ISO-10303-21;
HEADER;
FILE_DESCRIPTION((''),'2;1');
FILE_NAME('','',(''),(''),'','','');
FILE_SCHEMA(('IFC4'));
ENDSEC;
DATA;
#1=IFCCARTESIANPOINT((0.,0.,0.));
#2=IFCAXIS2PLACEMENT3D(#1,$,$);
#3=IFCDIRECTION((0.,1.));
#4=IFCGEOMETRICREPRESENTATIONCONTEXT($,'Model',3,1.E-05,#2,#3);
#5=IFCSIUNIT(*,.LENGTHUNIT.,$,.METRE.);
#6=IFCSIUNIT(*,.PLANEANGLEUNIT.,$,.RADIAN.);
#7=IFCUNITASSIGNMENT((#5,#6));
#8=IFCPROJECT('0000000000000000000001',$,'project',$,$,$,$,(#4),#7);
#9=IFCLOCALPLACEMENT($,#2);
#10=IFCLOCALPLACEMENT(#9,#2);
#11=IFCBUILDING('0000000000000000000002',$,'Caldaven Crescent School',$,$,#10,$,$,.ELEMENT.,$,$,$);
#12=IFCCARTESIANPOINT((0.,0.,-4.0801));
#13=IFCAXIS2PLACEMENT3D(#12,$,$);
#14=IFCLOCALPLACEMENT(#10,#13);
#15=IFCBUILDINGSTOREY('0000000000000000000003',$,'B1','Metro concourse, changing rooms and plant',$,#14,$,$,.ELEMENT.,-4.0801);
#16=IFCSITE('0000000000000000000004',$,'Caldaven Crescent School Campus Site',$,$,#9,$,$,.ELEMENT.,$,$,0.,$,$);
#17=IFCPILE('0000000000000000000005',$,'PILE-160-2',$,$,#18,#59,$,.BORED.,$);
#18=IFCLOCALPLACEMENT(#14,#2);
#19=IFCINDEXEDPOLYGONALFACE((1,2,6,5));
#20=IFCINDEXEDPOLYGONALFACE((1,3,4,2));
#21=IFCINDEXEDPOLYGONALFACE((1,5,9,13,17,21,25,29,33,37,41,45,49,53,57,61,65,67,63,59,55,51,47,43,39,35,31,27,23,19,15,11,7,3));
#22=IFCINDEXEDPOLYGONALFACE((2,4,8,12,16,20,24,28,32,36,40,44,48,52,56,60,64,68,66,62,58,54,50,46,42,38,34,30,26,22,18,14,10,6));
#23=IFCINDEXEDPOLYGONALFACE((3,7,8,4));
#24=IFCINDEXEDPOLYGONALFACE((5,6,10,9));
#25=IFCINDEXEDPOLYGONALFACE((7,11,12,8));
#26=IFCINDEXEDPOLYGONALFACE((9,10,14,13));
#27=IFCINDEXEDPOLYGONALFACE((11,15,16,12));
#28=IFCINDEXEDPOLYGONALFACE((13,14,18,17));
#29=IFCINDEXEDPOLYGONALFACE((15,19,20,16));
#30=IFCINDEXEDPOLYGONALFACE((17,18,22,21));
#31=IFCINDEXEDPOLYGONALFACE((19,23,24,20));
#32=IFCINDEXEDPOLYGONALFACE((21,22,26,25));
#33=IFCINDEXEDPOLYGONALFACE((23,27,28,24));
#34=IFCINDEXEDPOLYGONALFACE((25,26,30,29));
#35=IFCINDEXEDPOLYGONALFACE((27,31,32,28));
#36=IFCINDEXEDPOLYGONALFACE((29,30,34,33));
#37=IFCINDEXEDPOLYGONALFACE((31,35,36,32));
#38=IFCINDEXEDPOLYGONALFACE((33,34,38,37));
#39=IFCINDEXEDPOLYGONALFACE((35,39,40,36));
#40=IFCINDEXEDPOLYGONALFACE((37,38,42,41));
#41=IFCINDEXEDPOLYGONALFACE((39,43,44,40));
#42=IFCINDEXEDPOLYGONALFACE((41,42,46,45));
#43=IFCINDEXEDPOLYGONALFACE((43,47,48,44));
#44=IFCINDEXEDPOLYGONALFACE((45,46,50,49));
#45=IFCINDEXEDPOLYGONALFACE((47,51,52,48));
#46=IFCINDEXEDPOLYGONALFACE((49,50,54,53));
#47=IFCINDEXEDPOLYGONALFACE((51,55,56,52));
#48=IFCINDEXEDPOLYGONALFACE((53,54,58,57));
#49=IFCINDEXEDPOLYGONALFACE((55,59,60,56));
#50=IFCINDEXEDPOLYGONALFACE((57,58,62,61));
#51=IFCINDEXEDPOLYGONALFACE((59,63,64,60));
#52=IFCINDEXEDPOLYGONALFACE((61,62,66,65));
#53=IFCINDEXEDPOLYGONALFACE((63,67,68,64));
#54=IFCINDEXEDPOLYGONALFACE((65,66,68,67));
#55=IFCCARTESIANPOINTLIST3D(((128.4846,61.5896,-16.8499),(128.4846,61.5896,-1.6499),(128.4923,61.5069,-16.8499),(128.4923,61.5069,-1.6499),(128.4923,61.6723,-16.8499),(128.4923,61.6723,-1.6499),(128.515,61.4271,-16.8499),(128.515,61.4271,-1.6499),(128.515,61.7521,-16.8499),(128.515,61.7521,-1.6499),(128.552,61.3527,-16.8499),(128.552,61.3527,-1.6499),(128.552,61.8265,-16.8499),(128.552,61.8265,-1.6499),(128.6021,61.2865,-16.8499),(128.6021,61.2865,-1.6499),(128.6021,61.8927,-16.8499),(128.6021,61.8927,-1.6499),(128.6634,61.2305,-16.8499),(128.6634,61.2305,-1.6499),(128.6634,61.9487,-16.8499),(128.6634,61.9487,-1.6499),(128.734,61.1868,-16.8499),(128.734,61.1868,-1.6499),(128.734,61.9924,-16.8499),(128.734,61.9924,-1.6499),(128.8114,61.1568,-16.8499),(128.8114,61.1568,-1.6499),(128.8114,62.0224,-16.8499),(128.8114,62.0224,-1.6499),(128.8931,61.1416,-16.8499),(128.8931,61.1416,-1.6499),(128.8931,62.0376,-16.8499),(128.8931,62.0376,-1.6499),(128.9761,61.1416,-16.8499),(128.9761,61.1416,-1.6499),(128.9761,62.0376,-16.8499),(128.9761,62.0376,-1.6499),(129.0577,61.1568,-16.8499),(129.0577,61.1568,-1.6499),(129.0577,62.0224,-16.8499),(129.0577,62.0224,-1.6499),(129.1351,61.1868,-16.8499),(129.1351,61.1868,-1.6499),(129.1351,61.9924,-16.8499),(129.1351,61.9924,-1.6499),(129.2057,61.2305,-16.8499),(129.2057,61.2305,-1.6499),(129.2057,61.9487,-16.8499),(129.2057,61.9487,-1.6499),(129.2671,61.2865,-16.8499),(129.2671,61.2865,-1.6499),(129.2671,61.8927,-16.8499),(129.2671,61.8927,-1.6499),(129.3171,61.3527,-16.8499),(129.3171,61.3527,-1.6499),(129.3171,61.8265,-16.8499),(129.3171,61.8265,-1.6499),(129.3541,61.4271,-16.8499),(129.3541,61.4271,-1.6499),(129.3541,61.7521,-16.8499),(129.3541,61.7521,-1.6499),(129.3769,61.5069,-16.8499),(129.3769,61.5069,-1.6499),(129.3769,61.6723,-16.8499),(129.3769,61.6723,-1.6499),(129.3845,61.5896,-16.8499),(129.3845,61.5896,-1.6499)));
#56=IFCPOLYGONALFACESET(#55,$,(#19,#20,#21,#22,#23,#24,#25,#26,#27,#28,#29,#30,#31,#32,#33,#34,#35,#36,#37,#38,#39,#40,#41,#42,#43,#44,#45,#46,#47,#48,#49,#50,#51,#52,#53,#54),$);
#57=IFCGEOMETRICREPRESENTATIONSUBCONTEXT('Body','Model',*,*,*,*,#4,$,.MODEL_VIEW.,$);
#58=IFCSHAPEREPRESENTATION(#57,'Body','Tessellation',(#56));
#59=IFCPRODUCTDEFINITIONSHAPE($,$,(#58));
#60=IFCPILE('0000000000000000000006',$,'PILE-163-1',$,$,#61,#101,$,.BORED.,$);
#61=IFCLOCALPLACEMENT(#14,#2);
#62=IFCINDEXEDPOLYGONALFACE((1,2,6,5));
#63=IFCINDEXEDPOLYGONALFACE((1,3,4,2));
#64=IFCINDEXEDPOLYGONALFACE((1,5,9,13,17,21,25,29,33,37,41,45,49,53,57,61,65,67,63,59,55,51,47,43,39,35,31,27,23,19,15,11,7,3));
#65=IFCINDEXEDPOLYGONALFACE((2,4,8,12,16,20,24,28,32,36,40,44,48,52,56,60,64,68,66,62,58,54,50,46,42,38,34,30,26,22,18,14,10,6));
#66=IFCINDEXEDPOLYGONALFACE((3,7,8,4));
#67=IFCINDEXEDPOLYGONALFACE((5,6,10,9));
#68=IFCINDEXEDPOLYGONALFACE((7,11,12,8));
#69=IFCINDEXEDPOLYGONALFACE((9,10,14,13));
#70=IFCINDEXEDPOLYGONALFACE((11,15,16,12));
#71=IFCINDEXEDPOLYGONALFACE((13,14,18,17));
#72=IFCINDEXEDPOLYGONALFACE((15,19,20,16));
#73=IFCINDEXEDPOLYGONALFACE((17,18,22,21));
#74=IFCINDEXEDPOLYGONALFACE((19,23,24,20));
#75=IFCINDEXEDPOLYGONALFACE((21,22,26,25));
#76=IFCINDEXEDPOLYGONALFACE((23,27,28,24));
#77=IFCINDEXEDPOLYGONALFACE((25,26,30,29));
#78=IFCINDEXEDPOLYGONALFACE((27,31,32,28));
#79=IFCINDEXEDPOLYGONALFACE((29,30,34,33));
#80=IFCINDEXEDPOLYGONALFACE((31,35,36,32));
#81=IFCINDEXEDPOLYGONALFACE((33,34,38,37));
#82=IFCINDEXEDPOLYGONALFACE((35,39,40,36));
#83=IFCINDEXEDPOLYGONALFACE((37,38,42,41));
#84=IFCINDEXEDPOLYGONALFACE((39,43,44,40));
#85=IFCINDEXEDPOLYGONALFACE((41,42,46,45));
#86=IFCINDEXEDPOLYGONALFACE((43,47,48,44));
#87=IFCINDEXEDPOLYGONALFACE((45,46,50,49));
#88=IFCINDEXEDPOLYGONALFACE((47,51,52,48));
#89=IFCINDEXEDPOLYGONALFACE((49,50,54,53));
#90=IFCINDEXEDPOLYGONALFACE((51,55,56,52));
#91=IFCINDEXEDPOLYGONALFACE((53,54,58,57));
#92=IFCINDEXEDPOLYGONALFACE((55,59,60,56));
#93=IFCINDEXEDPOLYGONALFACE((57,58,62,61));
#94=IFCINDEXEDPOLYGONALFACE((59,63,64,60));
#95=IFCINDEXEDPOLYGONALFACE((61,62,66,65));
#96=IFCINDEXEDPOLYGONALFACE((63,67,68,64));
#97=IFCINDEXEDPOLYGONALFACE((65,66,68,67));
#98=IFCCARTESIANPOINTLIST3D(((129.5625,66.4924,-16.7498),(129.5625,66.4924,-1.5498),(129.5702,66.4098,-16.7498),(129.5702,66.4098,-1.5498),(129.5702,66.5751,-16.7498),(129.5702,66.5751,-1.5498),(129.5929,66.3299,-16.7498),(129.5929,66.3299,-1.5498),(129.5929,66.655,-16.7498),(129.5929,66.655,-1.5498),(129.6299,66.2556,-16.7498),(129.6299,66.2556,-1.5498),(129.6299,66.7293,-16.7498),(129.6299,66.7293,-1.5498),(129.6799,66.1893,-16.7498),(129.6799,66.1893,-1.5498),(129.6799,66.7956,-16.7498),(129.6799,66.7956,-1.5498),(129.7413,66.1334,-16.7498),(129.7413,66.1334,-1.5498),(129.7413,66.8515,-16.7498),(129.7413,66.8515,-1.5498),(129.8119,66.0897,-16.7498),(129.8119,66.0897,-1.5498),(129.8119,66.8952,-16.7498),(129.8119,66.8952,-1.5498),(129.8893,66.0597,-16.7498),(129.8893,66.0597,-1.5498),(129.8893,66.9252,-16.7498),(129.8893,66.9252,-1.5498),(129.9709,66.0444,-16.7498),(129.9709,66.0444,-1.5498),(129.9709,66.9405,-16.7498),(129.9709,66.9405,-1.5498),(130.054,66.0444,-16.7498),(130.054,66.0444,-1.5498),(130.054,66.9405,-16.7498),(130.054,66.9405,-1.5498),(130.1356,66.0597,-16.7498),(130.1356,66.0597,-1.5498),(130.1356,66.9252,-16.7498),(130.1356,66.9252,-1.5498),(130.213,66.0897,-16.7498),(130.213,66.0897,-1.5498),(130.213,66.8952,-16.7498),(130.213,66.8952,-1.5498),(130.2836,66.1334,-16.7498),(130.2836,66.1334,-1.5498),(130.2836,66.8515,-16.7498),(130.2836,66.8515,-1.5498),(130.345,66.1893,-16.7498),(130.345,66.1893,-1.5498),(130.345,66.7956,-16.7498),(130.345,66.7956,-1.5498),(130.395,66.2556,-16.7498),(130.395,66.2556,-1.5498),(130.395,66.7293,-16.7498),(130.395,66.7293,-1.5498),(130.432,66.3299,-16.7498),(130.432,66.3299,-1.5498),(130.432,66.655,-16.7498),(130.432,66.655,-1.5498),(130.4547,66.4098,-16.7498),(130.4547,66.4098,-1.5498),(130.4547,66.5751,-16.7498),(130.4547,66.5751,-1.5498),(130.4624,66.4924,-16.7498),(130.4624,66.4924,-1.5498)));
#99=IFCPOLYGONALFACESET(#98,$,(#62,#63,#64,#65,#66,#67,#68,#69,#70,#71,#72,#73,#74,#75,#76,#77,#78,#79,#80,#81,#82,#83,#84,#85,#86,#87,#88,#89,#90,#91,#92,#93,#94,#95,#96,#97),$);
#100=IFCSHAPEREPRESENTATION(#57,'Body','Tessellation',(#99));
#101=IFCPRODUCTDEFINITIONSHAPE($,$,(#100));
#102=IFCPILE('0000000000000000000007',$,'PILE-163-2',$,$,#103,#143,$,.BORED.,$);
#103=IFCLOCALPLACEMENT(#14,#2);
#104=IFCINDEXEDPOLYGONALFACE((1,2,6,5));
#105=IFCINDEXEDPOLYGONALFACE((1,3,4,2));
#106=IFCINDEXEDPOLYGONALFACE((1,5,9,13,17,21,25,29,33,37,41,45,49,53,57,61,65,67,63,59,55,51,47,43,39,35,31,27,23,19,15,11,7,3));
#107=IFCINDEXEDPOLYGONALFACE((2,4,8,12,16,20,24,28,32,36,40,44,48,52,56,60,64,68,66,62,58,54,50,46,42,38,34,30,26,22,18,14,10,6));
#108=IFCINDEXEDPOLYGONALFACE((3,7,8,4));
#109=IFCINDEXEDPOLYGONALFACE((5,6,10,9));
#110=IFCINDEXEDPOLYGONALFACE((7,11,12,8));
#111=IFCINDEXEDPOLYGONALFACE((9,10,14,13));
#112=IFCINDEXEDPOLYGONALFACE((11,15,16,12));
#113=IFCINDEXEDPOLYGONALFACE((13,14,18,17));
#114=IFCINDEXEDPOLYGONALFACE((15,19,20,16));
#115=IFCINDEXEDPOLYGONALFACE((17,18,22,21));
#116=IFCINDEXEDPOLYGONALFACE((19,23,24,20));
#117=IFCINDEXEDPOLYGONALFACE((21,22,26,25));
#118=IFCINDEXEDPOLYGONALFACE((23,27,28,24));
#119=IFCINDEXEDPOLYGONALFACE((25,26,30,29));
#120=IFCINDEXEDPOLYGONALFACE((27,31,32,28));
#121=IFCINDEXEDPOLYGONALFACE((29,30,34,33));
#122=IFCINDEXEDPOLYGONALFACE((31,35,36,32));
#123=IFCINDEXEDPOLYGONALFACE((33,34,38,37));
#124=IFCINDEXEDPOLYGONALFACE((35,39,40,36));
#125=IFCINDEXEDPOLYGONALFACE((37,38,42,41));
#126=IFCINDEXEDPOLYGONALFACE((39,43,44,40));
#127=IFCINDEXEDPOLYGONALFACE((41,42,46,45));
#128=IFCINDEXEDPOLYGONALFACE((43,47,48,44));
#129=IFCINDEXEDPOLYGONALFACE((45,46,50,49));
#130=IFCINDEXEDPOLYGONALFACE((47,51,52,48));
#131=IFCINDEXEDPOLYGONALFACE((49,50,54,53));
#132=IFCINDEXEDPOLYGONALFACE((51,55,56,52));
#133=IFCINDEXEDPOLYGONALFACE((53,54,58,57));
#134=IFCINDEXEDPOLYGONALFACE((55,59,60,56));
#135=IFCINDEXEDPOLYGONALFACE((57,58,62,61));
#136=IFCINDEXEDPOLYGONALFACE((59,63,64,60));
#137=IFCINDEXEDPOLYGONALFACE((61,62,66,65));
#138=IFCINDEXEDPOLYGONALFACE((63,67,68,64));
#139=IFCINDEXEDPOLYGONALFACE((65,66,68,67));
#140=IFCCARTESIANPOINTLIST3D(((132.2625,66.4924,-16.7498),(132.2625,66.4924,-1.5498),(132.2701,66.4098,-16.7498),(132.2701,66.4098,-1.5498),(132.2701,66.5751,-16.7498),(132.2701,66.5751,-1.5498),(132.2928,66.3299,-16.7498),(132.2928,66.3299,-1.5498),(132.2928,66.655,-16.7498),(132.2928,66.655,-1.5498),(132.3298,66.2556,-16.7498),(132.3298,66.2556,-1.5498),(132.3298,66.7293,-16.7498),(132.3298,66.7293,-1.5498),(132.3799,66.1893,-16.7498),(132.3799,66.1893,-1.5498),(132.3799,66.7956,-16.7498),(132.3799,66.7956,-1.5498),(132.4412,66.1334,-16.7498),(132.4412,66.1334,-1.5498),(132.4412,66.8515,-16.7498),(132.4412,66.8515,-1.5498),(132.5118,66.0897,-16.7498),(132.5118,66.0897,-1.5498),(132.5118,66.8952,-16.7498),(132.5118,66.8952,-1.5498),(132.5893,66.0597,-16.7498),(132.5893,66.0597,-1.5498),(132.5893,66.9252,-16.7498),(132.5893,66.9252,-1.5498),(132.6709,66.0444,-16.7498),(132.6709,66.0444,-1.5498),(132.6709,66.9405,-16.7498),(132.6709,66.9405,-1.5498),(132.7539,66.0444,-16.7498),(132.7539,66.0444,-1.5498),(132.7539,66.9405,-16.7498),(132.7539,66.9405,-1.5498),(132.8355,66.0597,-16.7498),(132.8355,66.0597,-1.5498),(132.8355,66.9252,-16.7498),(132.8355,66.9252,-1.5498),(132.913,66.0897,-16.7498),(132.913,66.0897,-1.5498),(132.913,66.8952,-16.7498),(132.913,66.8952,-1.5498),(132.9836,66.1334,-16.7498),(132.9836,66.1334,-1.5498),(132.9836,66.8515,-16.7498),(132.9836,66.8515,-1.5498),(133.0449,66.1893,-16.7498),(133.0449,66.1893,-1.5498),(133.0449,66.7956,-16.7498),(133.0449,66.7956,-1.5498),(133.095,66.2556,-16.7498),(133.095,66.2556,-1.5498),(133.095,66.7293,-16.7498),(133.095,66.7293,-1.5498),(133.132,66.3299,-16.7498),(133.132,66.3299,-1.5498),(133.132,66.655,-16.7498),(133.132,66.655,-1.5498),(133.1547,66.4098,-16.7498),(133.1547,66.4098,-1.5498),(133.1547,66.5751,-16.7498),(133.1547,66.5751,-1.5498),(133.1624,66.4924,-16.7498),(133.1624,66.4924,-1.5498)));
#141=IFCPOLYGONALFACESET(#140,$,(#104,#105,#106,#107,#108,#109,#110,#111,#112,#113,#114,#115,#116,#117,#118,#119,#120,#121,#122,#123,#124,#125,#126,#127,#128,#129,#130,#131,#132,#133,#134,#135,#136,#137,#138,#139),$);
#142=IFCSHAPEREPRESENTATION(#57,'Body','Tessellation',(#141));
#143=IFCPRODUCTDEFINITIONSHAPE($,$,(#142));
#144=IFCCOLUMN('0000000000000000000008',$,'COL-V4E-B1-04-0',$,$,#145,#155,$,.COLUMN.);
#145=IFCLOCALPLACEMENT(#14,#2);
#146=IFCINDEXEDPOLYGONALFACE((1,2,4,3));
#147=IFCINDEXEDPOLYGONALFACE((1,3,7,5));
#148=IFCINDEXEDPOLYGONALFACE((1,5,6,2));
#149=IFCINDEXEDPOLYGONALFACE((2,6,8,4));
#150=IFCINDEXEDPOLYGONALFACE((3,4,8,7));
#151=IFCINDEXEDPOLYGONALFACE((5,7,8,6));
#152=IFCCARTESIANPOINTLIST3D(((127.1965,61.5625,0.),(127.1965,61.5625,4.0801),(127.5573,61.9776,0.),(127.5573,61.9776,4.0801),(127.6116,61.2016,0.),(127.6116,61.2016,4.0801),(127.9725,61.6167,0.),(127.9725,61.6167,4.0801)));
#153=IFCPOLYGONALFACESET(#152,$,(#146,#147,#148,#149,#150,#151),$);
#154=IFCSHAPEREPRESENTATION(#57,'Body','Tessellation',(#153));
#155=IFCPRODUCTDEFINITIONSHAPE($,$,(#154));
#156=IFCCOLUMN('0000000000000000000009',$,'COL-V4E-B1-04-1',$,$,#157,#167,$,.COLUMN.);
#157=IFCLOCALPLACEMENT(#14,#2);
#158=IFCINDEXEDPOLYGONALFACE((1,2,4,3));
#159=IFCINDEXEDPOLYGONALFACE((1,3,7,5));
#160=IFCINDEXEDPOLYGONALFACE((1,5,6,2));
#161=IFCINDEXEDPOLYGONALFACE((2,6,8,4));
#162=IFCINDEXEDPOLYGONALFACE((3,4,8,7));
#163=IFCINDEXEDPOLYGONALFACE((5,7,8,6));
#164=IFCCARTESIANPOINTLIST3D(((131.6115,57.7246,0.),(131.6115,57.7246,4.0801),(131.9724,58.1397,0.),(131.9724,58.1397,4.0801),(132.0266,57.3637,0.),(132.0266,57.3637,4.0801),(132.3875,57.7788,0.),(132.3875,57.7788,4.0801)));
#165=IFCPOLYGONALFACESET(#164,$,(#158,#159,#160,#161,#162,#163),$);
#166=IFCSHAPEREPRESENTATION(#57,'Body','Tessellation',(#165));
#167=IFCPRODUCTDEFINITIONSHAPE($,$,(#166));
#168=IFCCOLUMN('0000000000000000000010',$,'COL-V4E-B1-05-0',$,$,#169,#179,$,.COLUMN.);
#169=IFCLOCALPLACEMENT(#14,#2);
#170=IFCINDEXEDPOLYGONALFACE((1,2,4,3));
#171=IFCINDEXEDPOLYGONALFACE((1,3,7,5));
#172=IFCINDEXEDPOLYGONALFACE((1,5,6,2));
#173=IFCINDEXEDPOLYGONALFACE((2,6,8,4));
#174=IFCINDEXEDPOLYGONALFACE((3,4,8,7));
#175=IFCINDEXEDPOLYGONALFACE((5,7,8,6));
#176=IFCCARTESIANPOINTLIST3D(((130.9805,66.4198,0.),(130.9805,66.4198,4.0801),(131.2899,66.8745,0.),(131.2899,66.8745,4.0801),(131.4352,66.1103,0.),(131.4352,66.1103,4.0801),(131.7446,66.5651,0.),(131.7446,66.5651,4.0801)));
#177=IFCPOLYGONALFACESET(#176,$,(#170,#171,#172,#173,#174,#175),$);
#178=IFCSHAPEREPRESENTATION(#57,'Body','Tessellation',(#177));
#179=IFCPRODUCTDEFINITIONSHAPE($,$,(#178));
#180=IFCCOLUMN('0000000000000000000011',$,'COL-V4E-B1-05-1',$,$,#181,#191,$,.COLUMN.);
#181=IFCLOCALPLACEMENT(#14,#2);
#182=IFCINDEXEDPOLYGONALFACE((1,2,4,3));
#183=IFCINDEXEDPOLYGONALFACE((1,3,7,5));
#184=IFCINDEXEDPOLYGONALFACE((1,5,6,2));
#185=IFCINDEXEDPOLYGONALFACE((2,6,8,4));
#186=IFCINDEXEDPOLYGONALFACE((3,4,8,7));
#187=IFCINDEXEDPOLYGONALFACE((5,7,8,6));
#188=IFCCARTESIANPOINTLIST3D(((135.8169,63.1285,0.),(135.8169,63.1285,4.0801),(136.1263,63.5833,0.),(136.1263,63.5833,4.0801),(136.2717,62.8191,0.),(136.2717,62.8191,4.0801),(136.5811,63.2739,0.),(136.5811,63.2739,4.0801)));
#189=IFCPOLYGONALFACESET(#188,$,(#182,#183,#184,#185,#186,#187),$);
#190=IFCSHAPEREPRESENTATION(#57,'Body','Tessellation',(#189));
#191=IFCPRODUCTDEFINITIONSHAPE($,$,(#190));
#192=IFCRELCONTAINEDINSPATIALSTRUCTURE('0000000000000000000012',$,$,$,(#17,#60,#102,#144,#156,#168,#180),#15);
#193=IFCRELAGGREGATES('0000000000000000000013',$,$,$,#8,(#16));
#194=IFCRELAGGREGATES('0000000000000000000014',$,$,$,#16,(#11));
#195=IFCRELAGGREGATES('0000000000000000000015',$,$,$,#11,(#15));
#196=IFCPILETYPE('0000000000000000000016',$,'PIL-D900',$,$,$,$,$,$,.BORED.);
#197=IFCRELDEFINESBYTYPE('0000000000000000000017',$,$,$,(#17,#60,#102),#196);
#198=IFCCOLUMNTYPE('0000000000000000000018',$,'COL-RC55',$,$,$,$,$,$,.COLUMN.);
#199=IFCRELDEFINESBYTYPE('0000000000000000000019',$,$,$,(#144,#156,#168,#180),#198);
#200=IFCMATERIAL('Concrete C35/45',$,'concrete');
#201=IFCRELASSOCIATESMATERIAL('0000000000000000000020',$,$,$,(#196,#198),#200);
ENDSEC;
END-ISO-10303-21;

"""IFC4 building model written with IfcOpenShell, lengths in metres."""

from ifc_helpers import new_model, si_unit, direction, frame, origin, origin_2d, place, context, subcontext, project, spatial, rectangle, circle, extrude, material, material_profile, profile_set, type_object, element, save


model = new_model("IFC4")

# Units and contexts
model_context = context("Model", 3, precision=1e-05, world=origin(), true_north=direction((0.0, 1.0)))
body_context = subcontext(model_context, "Body", "Model", "MODEL_VIEW")
ifc_project = project(units=[si_unit("LENGTHUNIT", "METRE"), si_unit("PLANEANGLEUNIT", "RADIAN")], contexts=[model_context])

# Site, building, storey
site_placement = place(None, origin())
site = spatial("IfcSite", under=ifc_project, at=site_placement, Name="Caldaven Crescent School Campus Site", CompositionType="ELEMENT", RefElevation=0.0)
building_placement = place(site_placement, origin())
building = spatial("IfcBuilding", under=site, at=building_placement, Name="Caldaven Crescent School", CompositionType="ELEMENT")
storey_placement = place(building_placement, frame((0.0, 0.0, -4.0801)))
storey = spatial("IfcBuildingStorey", under=building, at=storey_placement, Name="B1", Description="Metro concourse, changing rooms and plant", CompositionType="ELEMENT", Elevation=-4.0801)

# Shared definitions
ifc_material_1 = material(Name="Concrete C35/45", Category="concrete")

# Piles
ifc_material_profile_1 = material_profile(ifc_material_1, circle(Radius=0.45, at=origin_2d()), Name="PILE D900")
ifc_profile_set_1 = profile_set([ifc_material_profile_1], Name="Concrete C35/45")
pile_type_1 = type_object("IfcPileType", Name="PIL-D900", PredefinedType="BORED", material=ifc_profile_set_1)
for number, where, z_axis, x_axis, name in (
    (1, (128.9346, 61.5896, -1.6499), (0.0, 0.0, -1.0), (1.0, 0.0, 0.0), "PILE-160-2"),
    (2, (130.0125, 66.4924, -1.5498), (0.0, 0.0, -1.0), (1.0, 0.0, 0.0), "PILE-163-1"),
    (3, (132.7124, 66.4924, -1.5498), (0.0, 0.0, -1.0), (1.0, 0.0, 0.0), "PILE-163-2"),
):
    element("IfcPile", number, at=place(storey_placement, frame(where, z_axis=z_axis, x_axis=x_axis)), inside=storey, type_object=pile_type_1, Name=name, PredefinedType="BORED", context=body_context, shape_type="SweptSolid", body=[
        extrude(circle(Radius=0.45, at=origin_2d()), origin(), (0.0, 0.0, 1.0), 15.2),
    ])

# Columns
ifc_material_profile_2 = material_profile(ifc_material_1, rectangle(XDim=0.55, YDim=0.55, at=origin_2d()), Name="RC 550x550")
ifc_profile_set_2 = profile_set([ifc_material_profile_2], Name="Concrete C35/45")
column_type = type_object("IfcColumnType", Name="COL-RC55", PredefinedType="COLUMN", material=ifc_profile_set_2)
for number, where, z_axis, x_axis, name in (
    (4, (127.5845, 61.5896, 0.0), (0.0, 0.0, 1.0), (0.75471, -0.656059, 0.0), "COL-V4E-B1-04-0"),
    (5, (131.9995, 57.7517, 0.0), (0.0, 0.0, 1.0), (0.75471, -0.656059, 0.0), "COL-V4E-B1-04-1"),
    (6, (131.3625, 66.4924, 0.0), (0.0, 0.0, 1.0), (0.826786, -0.562516, 0.0), "COL-V4E-B1-05-0"),
    (7, (136.199, 63.2012, 0.0), (0.0, 0.0, 1.0), (0.826786, -0.562516, 0.0), "COL-V4E-B1-05-1"),
):
    element("IfcColumn", number, at=place(storey_placement, frame(where, z_axis=z_axis, x_axis=x_axis)), inside=storey, type_object=column_type, Name=name, PredefinedType="COLUMN", context=body_context, shape_type="SweptSolid", body=[
        extrude(rectangle(XDim=0.55, YDim=0.55, at=origin_2d()), origin(), (0.0, 0.0, 1.0), 4.0801),
    ])

save(model, "model.ifc")
